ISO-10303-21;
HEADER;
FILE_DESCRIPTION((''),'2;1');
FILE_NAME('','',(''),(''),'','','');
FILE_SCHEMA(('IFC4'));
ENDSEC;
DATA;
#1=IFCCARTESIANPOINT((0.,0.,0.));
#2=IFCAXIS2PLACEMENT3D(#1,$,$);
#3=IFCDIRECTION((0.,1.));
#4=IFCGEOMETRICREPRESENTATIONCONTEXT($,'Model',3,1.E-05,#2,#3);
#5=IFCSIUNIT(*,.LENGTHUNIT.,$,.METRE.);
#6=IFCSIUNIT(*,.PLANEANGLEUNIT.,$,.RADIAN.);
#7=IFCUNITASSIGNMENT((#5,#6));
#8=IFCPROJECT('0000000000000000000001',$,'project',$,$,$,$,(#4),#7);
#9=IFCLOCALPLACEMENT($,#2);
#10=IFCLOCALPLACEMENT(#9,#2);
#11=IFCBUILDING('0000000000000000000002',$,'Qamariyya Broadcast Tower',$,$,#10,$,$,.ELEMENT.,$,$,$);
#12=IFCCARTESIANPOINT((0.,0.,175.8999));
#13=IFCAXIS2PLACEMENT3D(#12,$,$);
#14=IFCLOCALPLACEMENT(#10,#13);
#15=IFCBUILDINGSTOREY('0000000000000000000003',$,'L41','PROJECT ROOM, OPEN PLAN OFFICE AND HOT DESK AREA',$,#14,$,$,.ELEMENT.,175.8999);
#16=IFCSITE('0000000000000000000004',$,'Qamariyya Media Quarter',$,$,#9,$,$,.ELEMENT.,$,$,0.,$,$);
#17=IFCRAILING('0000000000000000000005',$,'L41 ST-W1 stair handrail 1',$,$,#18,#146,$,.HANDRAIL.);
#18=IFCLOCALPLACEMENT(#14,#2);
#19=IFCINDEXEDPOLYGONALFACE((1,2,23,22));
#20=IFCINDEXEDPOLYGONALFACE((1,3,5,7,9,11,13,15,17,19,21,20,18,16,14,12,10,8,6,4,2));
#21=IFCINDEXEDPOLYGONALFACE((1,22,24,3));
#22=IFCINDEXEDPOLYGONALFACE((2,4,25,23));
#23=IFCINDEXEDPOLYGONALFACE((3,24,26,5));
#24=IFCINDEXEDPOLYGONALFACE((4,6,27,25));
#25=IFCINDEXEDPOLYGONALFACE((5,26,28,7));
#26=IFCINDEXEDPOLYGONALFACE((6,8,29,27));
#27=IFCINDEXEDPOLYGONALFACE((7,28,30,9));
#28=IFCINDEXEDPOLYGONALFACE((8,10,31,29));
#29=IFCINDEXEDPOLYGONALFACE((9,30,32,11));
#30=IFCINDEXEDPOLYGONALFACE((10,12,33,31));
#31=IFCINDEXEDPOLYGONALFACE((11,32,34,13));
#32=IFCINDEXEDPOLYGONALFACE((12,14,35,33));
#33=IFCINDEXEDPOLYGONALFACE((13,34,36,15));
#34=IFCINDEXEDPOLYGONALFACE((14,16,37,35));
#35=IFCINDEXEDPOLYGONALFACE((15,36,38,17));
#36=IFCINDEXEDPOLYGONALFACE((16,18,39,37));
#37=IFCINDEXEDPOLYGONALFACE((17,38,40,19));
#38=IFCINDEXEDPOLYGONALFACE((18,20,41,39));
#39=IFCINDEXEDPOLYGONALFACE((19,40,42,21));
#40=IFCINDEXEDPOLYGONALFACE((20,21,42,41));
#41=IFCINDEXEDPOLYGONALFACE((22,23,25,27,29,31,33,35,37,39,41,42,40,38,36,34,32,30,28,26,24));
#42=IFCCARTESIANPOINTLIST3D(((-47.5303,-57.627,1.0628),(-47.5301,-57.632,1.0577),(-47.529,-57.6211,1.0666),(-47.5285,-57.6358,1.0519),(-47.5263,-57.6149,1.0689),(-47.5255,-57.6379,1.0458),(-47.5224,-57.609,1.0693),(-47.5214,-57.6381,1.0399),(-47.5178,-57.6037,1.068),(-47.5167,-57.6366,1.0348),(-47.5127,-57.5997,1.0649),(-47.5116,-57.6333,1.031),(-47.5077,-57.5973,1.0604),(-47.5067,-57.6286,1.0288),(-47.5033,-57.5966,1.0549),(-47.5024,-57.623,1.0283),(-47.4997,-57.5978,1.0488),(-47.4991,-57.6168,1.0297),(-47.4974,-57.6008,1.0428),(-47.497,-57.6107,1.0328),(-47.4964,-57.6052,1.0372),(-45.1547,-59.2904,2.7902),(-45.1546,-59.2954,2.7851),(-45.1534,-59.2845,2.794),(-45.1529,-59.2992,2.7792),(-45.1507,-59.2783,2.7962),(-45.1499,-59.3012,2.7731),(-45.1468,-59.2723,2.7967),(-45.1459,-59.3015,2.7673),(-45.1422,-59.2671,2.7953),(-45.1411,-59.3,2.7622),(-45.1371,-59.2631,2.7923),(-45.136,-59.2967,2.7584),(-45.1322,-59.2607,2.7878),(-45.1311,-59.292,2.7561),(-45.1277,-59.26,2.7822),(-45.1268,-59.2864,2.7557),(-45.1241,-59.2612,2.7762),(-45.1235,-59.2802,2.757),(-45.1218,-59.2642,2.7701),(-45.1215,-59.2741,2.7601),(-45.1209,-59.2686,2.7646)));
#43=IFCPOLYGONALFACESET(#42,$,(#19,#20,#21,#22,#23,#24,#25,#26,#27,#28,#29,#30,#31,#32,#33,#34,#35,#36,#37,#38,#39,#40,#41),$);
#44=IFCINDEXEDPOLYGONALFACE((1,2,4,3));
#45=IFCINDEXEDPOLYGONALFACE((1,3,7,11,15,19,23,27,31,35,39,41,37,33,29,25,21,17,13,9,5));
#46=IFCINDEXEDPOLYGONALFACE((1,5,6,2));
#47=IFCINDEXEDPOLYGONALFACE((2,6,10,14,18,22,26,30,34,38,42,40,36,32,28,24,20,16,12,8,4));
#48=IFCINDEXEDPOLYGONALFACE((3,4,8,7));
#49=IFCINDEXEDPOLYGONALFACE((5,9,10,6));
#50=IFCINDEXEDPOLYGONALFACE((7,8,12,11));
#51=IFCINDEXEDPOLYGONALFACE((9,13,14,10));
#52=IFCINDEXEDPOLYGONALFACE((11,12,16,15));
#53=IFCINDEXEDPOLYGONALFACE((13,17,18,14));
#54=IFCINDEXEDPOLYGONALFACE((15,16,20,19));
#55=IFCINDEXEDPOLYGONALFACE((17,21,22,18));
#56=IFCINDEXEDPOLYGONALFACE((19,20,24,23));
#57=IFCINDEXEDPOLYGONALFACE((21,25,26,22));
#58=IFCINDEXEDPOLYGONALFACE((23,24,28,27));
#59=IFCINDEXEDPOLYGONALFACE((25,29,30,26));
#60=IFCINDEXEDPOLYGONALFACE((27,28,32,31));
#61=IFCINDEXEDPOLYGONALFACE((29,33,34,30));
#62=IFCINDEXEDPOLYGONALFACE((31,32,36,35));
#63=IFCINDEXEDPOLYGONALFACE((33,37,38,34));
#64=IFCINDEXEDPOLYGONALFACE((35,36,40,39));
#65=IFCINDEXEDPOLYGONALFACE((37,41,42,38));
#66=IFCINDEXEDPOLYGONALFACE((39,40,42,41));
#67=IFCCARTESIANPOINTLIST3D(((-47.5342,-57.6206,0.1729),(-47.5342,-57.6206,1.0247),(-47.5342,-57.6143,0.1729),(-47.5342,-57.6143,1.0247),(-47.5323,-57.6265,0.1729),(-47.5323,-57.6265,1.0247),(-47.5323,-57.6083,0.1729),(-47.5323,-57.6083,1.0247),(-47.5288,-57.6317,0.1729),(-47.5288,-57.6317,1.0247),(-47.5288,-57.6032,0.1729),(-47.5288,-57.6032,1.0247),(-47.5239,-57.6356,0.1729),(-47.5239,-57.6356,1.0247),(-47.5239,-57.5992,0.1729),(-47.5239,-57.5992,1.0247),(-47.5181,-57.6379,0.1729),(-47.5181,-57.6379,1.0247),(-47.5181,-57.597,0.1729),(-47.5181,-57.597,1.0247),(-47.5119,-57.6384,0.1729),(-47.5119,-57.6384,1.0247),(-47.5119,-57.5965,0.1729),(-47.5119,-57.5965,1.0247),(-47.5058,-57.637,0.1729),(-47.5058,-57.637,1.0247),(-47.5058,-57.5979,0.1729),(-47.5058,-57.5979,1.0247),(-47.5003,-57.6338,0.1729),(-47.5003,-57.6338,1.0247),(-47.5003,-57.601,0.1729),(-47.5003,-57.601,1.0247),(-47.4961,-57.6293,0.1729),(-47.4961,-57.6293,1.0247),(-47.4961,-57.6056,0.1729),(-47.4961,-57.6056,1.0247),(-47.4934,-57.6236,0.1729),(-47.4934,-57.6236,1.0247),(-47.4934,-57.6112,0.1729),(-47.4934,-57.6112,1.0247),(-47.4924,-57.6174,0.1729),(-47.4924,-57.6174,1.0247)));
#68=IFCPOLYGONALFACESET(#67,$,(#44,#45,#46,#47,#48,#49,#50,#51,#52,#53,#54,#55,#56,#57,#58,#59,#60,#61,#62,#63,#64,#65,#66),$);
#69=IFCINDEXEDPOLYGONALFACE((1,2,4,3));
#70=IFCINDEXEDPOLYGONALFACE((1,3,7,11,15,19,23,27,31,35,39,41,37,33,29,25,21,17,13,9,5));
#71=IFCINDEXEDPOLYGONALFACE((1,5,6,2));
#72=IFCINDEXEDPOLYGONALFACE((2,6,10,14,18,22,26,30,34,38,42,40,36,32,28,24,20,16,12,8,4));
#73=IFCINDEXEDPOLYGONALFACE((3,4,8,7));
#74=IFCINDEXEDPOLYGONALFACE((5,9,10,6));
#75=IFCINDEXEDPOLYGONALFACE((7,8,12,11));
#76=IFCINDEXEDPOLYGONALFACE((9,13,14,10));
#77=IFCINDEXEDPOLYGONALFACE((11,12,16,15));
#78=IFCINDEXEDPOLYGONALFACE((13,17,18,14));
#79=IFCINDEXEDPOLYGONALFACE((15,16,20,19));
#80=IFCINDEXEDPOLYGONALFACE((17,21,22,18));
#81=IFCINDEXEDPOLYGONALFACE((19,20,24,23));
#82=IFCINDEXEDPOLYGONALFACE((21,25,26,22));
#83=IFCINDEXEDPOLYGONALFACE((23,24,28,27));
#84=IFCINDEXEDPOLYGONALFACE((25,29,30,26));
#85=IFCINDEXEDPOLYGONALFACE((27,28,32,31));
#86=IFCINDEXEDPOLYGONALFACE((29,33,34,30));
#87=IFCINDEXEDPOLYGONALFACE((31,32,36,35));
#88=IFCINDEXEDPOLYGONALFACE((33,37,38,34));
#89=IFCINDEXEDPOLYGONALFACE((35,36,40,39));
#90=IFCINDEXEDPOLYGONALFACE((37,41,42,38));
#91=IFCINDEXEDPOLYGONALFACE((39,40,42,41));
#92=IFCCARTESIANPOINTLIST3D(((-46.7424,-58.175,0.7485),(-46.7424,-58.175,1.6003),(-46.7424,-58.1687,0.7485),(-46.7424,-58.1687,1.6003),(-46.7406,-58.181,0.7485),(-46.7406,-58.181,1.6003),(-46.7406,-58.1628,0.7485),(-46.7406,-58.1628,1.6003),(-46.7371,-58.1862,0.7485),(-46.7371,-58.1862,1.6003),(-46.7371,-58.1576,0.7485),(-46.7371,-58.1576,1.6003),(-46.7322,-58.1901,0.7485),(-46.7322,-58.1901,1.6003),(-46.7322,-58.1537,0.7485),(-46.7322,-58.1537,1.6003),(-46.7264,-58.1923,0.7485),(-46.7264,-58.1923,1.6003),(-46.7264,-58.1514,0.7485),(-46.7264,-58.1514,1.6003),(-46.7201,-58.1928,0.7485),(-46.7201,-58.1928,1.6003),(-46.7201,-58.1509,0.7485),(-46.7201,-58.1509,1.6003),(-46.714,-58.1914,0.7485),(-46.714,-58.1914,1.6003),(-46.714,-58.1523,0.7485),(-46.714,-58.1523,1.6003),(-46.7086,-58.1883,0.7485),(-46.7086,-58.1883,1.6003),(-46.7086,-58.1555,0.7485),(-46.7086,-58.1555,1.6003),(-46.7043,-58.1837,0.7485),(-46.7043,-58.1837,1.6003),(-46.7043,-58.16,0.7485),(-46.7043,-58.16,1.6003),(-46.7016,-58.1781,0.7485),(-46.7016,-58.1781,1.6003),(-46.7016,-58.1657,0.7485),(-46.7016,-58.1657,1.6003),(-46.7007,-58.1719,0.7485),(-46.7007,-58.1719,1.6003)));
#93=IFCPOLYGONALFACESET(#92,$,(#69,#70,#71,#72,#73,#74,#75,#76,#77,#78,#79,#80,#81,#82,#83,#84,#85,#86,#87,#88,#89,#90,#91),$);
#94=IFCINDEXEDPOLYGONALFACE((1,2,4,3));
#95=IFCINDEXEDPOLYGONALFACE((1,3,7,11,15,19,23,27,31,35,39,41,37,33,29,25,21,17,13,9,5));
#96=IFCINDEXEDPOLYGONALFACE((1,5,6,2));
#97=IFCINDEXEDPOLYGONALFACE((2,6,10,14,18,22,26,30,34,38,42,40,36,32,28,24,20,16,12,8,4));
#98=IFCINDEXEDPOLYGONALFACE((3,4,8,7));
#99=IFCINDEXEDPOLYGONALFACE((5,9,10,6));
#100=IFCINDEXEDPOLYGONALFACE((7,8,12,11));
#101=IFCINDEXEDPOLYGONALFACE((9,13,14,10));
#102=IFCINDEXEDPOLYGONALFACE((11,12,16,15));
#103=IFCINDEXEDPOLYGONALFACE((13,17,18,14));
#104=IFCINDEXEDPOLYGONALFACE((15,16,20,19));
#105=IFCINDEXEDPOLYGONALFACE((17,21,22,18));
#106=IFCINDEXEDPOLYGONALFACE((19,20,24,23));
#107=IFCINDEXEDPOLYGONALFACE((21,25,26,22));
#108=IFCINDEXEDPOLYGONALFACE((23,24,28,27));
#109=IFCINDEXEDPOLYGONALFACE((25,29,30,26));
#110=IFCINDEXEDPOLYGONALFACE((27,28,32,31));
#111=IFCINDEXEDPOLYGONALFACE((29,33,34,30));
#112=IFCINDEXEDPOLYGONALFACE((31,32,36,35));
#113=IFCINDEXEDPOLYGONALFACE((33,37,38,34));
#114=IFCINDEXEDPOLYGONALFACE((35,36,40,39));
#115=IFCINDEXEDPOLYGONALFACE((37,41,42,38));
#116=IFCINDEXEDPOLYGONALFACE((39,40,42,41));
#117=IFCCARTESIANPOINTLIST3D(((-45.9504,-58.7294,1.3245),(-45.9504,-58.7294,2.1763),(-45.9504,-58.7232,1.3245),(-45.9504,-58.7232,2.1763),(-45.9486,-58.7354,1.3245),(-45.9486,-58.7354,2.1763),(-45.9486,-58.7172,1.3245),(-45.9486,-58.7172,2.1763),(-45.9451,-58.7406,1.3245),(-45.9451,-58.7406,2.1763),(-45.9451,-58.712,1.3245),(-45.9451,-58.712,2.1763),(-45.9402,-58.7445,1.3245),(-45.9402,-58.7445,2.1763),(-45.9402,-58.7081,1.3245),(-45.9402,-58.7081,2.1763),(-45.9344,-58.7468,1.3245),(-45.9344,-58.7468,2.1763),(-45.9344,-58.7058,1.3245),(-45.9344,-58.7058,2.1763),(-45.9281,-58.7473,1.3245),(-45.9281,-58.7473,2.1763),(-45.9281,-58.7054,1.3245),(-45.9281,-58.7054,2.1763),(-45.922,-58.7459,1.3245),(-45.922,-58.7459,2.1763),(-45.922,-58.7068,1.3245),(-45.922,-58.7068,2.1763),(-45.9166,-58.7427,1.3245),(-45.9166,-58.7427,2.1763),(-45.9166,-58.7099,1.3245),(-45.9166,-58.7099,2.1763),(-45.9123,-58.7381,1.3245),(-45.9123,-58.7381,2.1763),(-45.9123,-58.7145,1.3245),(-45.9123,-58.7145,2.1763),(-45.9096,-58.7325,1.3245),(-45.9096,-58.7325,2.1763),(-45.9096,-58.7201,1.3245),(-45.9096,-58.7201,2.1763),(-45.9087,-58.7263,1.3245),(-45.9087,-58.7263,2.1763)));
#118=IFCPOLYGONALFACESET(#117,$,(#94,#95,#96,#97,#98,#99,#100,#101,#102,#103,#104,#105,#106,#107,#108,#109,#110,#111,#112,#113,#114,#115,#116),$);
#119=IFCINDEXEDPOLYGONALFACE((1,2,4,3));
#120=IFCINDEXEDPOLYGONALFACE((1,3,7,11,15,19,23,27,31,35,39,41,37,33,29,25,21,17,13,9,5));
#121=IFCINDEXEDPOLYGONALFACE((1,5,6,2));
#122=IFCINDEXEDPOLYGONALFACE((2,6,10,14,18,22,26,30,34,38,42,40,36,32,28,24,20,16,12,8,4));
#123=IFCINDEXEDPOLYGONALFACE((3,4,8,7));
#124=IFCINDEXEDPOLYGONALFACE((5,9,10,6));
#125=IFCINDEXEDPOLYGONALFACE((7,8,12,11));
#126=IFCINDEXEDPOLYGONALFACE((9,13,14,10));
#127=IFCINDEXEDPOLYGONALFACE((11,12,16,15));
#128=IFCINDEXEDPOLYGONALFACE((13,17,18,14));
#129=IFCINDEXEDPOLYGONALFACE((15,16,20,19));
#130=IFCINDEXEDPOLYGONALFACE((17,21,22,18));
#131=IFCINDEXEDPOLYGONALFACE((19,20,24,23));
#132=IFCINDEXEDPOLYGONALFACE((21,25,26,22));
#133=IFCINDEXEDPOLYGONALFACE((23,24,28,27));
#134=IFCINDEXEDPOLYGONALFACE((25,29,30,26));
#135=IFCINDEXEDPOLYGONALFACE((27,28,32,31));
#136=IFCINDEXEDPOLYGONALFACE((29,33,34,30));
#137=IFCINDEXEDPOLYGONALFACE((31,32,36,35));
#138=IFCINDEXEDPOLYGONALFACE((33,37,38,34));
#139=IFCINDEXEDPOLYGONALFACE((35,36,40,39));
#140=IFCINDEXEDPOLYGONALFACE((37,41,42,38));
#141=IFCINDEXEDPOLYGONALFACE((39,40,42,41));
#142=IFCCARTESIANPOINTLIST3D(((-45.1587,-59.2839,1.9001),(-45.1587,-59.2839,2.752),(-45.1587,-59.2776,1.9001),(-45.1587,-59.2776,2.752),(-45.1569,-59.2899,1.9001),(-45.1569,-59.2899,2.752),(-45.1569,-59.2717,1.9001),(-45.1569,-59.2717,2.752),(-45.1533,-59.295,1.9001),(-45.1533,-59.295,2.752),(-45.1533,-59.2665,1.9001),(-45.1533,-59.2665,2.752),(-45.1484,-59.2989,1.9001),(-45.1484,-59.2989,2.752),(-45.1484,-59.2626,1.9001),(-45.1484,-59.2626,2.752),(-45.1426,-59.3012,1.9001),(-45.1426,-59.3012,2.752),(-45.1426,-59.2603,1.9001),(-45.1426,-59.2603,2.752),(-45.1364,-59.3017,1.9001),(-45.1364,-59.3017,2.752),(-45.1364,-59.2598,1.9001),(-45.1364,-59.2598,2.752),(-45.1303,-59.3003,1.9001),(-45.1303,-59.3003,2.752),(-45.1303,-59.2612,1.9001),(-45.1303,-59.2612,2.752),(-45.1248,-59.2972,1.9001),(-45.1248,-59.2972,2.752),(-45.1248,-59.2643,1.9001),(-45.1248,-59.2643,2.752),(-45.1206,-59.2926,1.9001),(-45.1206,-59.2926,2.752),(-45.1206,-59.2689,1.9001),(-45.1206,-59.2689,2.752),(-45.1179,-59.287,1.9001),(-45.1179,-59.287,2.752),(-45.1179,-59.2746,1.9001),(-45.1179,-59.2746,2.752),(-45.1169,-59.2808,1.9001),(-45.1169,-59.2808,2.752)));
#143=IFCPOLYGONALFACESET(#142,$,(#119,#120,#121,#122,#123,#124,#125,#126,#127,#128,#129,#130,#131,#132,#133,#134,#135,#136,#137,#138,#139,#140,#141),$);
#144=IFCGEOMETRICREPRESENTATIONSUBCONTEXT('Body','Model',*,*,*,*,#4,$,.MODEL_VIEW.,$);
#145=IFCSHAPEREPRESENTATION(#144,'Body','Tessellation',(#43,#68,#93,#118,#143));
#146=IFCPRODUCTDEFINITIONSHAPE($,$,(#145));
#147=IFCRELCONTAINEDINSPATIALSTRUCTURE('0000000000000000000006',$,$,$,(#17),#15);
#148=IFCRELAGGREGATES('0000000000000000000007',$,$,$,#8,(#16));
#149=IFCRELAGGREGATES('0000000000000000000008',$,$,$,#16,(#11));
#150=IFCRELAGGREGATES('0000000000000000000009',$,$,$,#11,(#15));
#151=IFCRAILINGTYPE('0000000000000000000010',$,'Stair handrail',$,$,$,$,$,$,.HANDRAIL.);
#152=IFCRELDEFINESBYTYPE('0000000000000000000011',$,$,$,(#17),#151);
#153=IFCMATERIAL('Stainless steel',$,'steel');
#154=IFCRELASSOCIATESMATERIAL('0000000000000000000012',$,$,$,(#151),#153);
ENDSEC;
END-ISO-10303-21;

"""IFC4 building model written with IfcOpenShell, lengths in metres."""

from ifc_helpers import new_model, si_unit, direction, frame, origin, origin_2d, place, context, subcontext, project, spatial, circle, extrude, material, type_object, element, save


model = new_model("IFC4")

# Units and contexts
model_context = context("Model", 3, precision=1e-05, world=origin(), true_north=direction((0.0, 1.0)))
body_context = subcontext(model_context, "Body", "Model", "MODEL_VIEW")
ifc_project = project(units=[si_unit("LENGTHUNIT", "METRE"), si_unit("PLANEANGLEUNIT", "RADIAN")], contexts=[model_context])

# Site, building, storey
site_placement = place(None, origin())
site = spatial("IfcSite", under=ifc_project, at=site_placement, Name="Qamariyya Media Quarter", CompositionType="ELEMENT", RefElevation=0.0)
building_placement = place(site_placement, origin())
building = spatial("IfcBuilding", under=site, at=building_placement, Name="Qamariyya Broadcast Tower", CompositionType="ELEMENT")
storey_placement = place(building_placement, frame((0.0, 0.0, 175.8999)))
storey = spatial("IfcBuildingStorey", under=building, at=storey_placement, Name="L41", Description="PROJECT ROOM, OPEN PLAN OFFICE AND HOT DESK AREA", CompositionType="ELEMENT", Elevation=175.8999)

# Railing
ifc_material_1 = material(Name="Stainless steel", Category="steel")
railing_type_1 = type_object("IfcRailingType", Name="Stair handrail", PredefinedType="HANDRAIL", material=ifc_material_1)
railing_1_placement = place(storey_placement, frame((-47.5134, -57.6174, 0.1729)))
element("IfcRailing", 1, at=railing_1_placement, inside=storey, type_object=railing_type_1, Name="L41 ST-W1 stair handrail 1", PredefinedType="HANDRAIL", context=body_context, shape_type="SweptSolid", body=[
    extrude(circle(Radius=0.0239, at=origin_2d()), frame((0.0, 0.0, 0.876), z_axis=(0.70377, -0.492784, 0.511734), x_axis=(0.573575, 0.819153, 0.0)), (0.0, 0.0, 1.0), 3.3755),
    extrude(circle(Radius=0.021, at=origin_2d()), origin(), (0.0, 0.0, 1.0), 0.8518),
    extrude(circle(Radius=0.021, at=origin_2d()), frame((0.7917, -0.5544, 0.5757)), (0.0, 0.0, 1.0), 0.8518),
    extrude(circle(Radius=0.021, at=origin_2d()), frame((1.5837, -1.1089, 1.1516)), (0.0, 0.0, 1.0), 0.8518),
    extrude(circle(Radius=0.021, at=origin_2d()), frame((2.3755, -1.6633, 1.7273)), (0.0, 0.0, 1.0), 0.8518),
])

save(model, "model.ifc")
